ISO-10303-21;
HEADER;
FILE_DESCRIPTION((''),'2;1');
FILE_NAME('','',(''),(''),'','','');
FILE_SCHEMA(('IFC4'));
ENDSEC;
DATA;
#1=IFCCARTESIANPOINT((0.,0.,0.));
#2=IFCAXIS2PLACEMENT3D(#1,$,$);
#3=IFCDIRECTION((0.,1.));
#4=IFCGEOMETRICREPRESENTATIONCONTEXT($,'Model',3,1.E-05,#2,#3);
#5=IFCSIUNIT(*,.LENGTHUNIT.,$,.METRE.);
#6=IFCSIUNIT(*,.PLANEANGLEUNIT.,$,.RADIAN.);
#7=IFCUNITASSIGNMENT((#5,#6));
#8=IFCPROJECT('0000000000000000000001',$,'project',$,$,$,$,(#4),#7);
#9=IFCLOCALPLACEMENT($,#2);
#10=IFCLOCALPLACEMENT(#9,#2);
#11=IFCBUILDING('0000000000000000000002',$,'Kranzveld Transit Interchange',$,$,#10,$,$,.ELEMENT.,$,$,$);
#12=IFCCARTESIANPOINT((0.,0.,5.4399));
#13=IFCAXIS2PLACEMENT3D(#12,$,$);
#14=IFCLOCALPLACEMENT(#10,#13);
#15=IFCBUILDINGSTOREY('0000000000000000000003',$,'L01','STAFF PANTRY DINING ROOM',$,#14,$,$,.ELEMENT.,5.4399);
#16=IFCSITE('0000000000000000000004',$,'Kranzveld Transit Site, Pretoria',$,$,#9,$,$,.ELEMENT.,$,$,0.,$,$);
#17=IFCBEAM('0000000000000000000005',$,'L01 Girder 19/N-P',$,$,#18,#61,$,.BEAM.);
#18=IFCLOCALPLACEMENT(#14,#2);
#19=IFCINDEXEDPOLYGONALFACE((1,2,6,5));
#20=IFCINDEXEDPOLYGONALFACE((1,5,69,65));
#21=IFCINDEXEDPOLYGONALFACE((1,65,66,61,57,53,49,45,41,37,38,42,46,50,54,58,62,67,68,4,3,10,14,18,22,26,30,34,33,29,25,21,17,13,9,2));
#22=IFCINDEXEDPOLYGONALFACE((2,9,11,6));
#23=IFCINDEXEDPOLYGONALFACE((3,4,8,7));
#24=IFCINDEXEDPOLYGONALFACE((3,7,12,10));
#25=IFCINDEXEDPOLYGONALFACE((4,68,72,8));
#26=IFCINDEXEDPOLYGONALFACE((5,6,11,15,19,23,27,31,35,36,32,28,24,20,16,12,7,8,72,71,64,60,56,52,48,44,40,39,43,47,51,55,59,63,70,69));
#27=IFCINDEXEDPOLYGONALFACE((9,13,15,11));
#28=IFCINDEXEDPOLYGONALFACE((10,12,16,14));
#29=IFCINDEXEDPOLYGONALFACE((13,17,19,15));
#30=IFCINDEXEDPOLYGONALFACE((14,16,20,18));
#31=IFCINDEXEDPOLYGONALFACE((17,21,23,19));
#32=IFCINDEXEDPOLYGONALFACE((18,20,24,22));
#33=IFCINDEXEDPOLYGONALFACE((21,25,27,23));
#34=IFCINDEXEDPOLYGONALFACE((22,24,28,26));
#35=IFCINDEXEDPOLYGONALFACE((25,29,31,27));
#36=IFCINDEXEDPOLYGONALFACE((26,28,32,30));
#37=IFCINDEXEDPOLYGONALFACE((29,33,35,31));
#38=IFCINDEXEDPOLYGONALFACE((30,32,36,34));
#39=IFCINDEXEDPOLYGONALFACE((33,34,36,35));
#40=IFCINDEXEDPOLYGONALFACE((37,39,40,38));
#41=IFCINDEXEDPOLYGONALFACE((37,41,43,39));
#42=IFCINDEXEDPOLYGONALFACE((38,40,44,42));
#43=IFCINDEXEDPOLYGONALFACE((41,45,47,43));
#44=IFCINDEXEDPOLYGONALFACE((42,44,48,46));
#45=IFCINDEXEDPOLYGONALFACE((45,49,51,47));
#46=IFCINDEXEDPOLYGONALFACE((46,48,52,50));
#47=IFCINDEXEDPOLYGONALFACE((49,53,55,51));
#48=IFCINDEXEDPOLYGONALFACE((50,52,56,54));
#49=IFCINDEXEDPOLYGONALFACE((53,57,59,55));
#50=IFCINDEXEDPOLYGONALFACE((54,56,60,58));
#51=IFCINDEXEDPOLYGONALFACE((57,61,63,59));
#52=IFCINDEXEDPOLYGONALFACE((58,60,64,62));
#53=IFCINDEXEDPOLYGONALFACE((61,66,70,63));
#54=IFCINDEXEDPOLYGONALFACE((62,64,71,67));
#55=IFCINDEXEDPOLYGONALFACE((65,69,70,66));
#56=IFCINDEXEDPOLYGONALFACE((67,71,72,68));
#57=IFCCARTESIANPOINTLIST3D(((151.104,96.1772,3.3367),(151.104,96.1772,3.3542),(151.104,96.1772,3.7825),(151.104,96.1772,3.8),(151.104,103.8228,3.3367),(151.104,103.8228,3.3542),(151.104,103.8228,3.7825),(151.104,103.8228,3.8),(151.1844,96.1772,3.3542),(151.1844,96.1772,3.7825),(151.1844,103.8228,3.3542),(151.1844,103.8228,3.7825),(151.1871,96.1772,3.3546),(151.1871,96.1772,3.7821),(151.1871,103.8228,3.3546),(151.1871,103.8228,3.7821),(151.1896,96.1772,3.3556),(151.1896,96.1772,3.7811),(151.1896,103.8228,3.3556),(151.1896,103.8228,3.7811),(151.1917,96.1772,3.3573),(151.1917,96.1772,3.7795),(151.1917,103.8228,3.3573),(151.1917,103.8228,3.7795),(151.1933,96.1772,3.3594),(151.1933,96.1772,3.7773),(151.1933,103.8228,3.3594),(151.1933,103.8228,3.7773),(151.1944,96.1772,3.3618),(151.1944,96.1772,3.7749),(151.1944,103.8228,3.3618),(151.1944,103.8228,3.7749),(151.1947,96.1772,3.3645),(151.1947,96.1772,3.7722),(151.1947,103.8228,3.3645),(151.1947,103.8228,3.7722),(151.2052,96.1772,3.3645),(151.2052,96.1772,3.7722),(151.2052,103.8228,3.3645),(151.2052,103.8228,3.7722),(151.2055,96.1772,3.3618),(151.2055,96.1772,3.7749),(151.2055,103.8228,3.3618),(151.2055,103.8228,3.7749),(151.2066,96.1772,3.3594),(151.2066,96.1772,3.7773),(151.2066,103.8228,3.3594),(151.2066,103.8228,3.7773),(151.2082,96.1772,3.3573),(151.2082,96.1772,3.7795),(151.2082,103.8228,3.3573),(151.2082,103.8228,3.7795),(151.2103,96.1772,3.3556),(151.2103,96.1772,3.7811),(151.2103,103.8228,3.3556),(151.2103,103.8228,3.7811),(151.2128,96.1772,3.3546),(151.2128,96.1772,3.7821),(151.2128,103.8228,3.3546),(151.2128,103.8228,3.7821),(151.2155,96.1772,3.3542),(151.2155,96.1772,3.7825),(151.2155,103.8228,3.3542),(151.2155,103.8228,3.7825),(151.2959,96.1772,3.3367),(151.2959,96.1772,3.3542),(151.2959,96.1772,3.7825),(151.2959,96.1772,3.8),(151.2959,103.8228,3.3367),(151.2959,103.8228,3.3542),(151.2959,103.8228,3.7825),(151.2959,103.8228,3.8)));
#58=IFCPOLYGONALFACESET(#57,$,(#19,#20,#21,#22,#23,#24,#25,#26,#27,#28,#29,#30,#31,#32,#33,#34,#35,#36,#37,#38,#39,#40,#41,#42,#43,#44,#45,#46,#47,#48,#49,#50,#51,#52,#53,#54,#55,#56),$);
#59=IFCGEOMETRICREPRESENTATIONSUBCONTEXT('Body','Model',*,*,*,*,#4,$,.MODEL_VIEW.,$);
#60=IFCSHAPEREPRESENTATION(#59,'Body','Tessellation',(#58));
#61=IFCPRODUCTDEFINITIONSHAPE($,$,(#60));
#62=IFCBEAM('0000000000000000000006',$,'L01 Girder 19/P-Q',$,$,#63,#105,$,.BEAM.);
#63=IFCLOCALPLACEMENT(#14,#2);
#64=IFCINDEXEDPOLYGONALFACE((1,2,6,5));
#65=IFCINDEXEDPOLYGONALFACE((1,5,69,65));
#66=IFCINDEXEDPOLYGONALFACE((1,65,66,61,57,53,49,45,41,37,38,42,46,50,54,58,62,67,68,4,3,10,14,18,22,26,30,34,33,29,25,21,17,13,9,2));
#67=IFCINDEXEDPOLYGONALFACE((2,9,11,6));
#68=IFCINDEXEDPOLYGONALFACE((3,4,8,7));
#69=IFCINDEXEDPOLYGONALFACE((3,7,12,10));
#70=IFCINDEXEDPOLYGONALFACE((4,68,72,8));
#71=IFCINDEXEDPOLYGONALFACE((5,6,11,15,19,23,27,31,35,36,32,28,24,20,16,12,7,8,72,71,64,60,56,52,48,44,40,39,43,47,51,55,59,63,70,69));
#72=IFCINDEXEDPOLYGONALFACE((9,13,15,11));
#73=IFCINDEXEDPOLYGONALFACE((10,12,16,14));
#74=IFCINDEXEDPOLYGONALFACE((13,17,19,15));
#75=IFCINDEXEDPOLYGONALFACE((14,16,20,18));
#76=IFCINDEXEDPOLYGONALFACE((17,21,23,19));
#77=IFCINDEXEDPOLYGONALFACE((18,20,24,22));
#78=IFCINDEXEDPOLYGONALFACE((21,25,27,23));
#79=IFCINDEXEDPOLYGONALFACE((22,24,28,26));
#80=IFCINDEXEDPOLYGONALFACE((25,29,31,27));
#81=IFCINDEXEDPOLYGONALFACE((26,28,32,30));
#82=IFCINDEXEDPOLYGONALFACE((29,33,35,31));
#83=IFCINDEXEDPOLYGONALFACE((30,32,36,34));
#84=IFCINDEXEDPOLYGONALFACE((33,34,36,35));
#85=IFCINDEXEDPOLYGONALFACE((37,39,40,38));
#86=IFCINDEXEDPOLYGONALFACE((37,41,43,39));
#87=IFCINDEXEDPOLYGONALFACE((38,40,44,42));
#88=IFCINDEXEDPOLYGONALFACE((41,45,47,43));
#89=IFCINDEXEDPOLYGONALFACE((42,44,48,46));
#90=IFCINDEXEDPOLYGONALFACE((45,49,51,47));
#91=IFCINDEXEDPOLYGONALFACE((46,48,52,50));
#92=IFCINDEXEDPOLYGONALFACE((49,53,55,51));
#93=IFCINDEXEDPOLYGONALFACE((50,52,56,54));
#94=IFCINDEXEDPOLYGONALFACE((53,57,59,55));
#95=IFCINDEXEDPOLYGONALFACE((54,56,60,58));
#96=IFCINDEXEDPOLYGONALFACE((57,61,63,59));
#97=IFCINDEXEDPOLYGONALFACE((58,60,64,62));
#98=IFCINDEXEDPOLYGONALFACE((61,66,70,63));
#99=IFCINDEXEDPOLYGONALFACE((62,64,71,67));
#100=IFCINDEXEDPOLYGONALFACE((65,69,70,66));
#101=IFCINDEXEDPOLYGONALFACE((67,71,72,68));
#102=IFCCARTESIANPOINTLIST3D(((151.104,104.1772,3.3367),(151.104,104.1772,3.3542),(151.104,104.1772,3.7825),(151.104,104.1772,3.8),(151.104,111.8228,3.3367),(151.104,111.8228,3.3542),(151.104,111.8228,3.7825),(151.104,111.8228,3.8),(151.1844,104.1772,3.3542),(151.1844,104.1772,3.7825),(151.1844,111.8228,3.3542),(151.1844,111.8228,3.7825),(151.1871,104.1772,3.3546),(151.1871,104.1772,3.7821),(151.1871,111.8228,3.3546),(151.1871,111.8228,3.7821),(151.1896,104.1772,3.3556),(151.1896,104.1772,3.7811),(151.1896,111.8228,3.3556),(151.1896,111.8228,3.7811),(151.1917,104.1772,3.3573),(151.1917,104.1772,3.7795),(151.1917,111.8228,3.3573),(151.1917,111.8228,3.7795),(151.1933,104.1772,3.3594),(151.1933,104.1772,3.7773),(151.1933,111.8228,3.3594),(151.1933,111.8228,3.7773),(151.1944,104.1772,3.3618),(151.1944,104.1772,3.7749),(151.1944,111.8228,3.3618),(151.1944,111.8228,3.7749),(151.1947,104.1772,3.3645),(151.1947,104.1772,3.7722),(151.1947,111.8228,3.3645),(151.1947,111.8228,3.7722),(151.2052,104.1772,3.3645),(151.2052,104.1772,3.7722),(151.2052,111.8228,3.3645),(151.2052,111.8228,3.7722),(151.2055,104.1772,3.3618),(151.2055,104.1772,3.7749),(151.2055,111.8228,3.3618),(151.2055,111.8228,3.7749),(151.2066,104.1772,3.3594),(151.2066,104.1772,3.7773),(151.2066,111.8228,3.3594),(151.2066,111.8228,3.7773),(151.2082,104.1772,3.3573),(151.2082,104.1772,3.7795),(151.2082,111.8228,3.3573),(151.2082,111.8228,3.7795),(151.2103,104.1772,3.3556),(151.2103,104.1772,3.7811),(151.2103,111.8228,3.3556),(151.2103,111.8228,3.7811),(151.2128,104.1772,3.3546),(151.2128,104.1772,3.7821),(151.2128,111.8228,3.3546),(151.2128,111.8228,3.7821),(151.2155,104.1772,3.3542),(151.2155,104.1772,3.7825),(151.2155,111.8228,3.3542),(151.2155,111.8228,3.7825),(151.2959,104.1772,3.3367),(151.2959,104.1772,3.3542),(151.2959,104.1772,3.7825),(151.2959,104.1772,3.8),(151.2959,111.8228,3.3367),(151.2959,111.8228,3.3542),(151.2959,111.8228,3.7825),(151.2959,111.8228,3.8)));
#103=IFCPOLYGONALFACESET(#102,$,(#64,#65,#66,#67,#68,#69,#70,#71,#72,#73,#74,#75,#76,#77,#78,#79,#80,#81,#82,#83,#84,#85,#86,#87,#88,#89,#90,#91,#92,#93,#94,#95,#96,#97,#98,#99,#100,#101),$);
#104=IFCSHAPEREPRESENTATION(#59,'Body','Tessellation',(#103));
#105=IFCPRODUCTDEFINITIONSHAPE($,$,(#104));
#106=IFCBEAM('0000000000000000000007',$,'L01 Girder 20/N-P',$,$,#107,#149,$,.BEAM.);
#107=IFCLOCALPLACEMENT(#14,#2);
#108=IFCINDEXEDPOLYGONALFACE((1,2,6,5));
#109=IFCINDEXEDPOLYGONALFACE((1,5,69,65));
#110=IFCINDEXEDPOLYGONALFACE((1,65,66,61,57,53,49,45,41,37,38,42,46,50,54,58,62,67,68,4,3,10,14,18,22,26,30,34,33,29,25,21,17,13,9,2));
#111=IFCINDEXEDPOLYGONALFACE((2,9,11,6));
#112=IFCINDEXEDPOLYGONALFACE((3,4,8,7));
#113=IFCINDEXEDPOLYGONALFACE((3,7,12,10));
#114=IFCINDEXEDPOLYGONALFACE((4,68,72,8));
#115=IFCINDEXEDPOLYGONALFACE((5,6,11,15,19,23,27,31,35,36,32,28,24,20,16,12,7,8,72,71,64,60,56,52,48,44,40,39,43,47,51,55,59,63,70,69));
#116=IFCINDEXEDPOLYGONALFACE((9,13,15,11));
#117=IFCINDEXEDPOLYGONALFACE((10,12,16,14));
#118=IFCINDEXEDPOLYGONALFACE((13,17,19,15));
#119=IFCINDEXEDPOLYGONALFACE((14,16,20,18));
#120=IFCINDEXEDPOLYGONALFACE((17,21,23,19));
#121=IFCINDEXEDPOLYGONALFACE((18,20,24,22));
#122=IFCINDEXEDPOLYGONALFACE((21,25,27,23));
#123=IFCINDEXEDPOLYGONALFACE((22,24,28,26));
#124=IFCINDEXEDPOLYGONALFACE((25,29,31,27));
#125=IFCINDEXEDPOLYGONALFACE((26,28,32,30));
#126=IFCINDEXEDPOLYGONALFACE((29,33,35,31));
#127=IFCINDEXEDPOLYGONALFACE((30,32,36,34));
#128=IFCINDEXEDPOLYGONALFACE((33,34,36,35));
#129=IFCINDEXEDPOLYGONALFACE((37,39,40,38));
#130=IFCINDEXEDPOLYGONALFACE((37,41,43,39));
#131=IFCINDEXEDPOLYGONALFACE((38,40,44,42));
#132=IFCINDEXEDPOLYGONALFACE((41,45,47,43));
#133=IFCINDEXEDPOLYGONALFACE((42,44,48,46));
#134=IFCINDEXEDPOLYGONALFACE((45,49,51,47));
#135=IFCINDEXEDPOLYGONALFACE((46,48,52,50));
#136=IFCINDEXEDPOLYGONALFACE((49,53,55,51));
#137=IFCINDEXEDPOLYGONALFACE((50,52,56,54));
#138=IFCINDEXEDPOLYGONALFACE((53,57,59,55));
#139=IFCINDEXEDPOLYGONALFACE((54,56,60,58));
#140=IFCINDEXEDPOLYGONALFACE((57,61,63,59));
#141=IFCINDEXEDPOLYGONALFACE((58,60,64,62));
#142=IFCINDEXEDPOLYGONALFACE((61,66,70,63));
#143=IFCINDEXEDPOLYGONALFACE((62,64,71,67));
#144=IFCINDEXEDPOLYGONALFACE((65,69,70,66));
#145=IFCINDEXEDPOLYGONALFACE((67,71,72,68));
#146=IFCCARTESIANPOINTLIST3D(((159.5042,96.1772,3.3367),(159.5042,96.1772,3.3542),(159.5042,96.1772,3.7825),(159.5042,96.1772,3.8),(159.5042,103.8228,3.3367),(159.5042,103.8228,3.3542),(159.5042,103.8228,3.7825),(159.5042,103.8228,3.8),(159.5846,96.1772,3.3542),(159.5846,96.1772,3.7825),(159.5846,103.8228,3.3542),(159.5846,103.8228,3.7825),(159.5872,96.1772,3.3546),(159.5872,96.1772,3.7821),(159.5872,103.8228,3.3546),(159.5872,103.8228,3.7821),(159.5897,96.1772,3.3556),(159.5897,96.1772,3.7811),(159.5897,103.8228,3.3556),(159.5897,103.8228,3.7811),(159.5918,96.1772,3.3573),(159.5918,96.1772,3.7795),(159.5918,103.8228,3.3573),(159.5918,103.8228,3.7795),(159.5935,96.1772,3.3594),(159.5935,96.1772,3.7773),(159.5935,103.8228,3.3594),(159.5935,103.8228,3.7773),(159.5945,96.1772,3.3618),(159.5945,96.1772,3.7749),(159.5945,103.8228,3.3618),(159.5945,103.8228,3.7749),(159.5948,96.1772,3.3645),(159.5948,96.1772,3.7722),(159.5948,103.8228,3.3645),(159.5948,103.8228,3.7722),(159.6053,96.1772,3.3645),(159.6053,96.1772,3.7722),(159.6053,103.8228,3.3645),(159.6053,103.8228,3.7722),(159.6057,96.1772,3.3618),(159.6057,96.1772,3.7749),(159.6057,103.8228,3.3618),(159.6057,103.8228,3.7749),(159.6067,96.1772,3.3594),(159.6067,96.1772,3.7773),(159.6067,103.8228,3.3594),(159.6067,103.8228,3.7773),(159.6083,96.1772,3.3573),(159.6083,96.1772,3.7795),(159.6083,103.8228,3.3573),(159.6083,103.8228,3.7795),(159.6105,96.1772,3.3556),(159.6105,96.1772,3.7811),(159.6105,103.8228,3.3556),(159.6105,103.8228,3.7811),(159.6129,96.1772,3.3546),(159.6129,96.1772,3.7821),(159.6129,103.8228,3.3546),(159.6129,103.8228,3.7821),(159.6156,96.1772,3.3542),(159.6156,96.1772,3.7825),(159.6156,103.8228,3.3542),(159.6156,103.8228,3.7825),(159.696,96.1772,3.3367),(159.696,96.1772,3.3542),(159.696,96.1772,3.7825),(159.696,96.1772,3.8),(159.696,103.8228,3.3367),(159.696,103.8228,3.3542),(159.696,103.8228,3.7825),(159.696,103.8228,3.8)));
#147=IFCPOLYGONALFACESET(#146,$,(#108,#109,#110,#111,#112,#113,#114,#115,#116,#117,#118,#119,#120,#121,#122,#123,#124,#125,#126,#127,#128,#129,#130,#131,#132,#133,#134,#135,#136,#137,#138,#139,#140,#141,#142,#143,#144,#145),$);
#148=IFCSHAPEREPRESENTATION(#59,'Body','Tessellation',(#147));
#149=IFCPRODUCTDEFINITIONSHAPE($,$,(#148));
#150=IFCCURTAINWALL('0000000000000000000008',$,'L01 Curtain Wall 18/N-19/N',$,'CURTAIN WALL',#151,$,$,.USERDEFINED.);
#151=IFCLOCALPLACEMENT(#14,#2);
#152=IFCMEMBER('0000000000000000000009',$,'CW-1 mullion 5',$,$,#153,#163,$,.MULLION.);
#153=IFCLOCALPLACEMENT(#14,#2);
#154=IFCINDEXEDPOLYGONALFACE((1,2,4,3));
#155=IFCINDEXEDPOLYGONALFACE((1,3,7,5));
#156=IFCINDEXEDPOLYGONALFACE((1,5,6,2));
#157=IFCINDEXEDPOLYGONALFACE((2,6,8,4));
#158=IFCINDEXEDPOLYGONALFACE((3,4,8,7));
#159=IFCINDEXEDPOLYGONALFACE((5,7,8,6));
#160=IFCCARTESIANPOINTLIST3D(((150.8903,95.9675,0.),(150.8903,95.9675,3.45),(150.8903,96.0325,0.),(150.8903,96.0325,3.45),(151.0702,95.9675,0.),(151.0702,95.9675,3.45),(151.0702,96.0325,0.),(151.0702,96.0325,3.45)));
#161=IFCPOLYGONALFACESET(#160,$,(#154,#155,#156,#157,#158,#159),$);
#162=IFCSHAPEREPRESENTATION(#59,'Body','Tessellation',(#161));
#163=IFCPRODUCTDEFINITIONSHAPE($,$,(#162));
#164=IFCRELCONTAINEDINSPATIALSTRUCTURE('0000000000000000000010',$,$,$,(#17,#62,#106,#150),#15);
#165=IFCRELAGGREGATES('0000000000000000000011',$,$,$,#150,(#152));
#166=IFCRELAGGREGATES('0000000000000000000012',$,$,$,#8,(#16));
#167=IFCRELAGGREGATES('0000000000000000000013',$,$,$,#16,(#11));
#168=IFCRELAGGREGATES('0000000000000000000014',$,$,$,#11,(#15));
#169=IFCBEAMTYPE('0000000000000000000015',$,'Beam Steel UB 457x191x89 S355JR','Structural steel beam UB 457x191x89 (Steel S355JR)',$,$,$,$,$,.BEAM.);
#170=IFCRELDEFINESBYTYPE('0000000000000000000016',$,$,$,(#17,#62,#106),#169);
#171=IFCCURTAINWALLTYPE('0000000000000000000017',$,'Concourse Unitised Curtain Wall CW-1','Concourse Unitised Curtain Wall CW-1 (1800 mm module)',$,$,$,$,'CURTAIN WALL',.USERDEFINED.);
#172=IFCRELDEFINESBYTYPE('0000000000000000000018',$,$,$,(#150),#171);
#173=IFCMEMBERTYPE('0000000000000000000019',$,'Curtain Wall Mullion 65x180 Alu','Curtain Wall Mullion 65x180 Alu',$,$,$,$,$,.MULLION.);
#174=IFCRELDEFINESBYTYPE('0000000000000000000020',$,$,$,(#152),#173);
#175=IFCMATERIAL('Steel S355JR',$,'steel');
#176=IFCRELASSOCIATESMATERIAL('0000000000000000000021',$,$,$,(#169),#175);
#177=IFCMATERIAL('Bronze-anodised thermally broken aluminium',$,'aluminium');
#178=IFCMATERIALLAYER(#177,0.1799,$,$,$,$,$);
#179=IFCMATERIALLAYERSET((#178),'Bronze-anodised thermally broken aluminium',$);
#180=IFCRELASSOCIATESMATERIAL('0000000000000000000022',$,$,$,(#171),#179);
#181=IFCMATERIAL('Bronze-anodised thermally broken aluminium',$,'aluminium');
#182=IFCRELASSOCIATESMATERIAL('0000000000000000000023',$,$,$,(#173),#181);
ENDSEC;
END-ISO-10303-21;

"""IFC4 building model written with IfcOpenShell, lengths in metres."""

from ifc_helpers import new_model, si_unit, direction, frame, origin, origin_2d, place, context, subcontext, project, spatial, rectangle, i_section, extrude, material, layer, layer_set, material_profile, profile_set, type_object, element, aggregate, save


model = new_model("IFC4")

# Units and contexts
model_context = context("Model", 3, precision=1e-05, world=origin(), true_north=direction((0.0, 1.0)))
body_context = subcontext(model_context, "Body", "Model", "MODEL_VIEW")
ifc_project = project(units=[si_unit("LENGTHUNIT", "METRE"), si_unit("PLANEANGLEUNIT", "RADIAN")], contexts=[model_context])

# Site, building, storey
site_placement = place(None, origin())
site = spatial("IfcSite", under=ifc_project, at=site_placement, Name="Kranzveld Transit Site, Pretoria", CompositionType="ELEMENT", RefElevation=0.0)
building_placement = place(site_placement, origin())
building = spatial("IfcBuilding", under=site, at=building_placement, Name="Kranzveld Transit Interchange", CompositionType="ELEMENT")
storey_placement = place(building_placement, frame((0.0, 0.0, 5.4399)))
storey = spatial("IfcBuildingStorey", under=building, at=storey_placement, Name="L01", Description="STAFF PANTRY DINING ROOM", CompositionType="ELEMENT", Elevation=5.4399)

# Beams
ifc_material_1 = material(Name="Steel S355JR", Category="steel")
ifc_material_profile_1 = material_profile(ifc_material_1, i_section(OverallWidth=0.1919, OverallDepth=0.4634, WebThickness=0.0105, FlangeThickness=0.0176, FilletRadius=0.0103, at=origin_2d()), Name="UB 457x191x89")
ifc_profile_set_1 = profile_set([ifc_material_profile_1], Name="Steel S355JR")
beam_type_1 = type_object("IfcBeamType", Name="Beam Steel UB 457x191x89 S355JR", Description="Structural steel beam UB 457x191x89 (Steel S355JR)", PredefinedType="BEAM", material=ifc_profile_set_1)
for number, where, z_axis, x_axis, name in (
    (1, (151.2, 96.1772, 3.5684), (0.0, 1.0, 0.0), (-1.0, 0.0, 0.0), "L01 Girder 19/N-P"),
    (2, (151.2, 104.1772, 3.5684), (0.0, 1.0, 0.0), (-1.0, 0.0, 0.0), "L01 Girder 19/P-Q"),
    (3, (159.6001, 96.1772, 3.5684), (0.0, 1.0, 0.0), (-1.0, 0.0, 0.0), "L01 Girder 20/N-P"),
):
    element("IfcBeam", number, at=place(storey_placement, frame(where, z_axis=z_axis, x_axis=x_axis)), inside=storey, type_object=beam_type_1, Name=name, PredefinedType="BEAM", context=body_context, shape_type="SweptSolid", body=[
        extrude(i_section(OverallWidth=0.1919, OverallDepth=0.4634, WebThickness=0.0105, FlangeThickness=0.0176, FilletRadius=0.0103, at=origin_2d()), origin(), (0.0, 0.0, 1.0), 7.6455),
    ])

# Curtain wall, member
ifc_material_2 = material(Name="Bronze-anodised thermally broken aluminium", Category="aluminium")
ifc_layer_1 = layer(ifc_material_2, 0.1799)
ifc_layer_set_1 = layer_set([ifc_layer_1], Name="Bronze-anodised thermally broken aluminium")
curtain_wall_type = type_object("IfcCurtainWallType", Name="Concourse Unitised Curtain Wall CW-1", Description="Concourse Unitised Curtain Wall CW-1 (1800 mm module)", ElementType="CURTAIN WALL", PredefinedType="USERDEFINED", material=ifc_layer_set_1)
curtain_wall_placement = place(storey_placement, origin())
curtain_wall = element("IfcCurtainWall", 4, at=curtain_wall_placement, inside=storey, type_object=curtain_wall_type, Name="L01 Curtain Wall 18/N-19/N", ObjectType="CURTAIN WALL", PredefinedType="USERDEFINED")
ifc_material_3 = material(Name="Bronze-anodised thermally broken aluminium", Category="aluminium")
ifc_material_profile_2 = material_profile(ifc_material_3, rectangle(XDim=0.0649, YDim=0.1799, at=origin_2d()), Name="ALU MULLION 65x180")
ifc_profile_set_2 = profile_set([ifc_material_profile_2], Name="Bronze-anodised thermally broken aluminium")
member_type = type_object("IfcMemberType", Name="Curtain Wall Mullion 65x180 Alu", Description="Curtain Wall Mullion 65x180 Alu", PredefinedType="MULLION", material=ifc_profile_set_2)
member_placement = place(storey_placement, frame((150.9802, 96.0, 0.0), z_axis=(0.0, 0.0, 1.0), x_axis=(0.0, 1.0, 0.0)))
member = element("IfcMember", 5, at=member_placement, type_object=member_type, Name="CW-1 mullion 5", PredefinedType="MULLION", context=body_context, shape_type="SweptSolid", body=[
    extrude(rectangle(XDim=0.0649, YDim=0.1799, at=origin_2d()), origin(), (0.0, 0.0, 1.0), 3.45),
])
aggregate(curtain_wall, [member])

save(model, "model.ifc")
